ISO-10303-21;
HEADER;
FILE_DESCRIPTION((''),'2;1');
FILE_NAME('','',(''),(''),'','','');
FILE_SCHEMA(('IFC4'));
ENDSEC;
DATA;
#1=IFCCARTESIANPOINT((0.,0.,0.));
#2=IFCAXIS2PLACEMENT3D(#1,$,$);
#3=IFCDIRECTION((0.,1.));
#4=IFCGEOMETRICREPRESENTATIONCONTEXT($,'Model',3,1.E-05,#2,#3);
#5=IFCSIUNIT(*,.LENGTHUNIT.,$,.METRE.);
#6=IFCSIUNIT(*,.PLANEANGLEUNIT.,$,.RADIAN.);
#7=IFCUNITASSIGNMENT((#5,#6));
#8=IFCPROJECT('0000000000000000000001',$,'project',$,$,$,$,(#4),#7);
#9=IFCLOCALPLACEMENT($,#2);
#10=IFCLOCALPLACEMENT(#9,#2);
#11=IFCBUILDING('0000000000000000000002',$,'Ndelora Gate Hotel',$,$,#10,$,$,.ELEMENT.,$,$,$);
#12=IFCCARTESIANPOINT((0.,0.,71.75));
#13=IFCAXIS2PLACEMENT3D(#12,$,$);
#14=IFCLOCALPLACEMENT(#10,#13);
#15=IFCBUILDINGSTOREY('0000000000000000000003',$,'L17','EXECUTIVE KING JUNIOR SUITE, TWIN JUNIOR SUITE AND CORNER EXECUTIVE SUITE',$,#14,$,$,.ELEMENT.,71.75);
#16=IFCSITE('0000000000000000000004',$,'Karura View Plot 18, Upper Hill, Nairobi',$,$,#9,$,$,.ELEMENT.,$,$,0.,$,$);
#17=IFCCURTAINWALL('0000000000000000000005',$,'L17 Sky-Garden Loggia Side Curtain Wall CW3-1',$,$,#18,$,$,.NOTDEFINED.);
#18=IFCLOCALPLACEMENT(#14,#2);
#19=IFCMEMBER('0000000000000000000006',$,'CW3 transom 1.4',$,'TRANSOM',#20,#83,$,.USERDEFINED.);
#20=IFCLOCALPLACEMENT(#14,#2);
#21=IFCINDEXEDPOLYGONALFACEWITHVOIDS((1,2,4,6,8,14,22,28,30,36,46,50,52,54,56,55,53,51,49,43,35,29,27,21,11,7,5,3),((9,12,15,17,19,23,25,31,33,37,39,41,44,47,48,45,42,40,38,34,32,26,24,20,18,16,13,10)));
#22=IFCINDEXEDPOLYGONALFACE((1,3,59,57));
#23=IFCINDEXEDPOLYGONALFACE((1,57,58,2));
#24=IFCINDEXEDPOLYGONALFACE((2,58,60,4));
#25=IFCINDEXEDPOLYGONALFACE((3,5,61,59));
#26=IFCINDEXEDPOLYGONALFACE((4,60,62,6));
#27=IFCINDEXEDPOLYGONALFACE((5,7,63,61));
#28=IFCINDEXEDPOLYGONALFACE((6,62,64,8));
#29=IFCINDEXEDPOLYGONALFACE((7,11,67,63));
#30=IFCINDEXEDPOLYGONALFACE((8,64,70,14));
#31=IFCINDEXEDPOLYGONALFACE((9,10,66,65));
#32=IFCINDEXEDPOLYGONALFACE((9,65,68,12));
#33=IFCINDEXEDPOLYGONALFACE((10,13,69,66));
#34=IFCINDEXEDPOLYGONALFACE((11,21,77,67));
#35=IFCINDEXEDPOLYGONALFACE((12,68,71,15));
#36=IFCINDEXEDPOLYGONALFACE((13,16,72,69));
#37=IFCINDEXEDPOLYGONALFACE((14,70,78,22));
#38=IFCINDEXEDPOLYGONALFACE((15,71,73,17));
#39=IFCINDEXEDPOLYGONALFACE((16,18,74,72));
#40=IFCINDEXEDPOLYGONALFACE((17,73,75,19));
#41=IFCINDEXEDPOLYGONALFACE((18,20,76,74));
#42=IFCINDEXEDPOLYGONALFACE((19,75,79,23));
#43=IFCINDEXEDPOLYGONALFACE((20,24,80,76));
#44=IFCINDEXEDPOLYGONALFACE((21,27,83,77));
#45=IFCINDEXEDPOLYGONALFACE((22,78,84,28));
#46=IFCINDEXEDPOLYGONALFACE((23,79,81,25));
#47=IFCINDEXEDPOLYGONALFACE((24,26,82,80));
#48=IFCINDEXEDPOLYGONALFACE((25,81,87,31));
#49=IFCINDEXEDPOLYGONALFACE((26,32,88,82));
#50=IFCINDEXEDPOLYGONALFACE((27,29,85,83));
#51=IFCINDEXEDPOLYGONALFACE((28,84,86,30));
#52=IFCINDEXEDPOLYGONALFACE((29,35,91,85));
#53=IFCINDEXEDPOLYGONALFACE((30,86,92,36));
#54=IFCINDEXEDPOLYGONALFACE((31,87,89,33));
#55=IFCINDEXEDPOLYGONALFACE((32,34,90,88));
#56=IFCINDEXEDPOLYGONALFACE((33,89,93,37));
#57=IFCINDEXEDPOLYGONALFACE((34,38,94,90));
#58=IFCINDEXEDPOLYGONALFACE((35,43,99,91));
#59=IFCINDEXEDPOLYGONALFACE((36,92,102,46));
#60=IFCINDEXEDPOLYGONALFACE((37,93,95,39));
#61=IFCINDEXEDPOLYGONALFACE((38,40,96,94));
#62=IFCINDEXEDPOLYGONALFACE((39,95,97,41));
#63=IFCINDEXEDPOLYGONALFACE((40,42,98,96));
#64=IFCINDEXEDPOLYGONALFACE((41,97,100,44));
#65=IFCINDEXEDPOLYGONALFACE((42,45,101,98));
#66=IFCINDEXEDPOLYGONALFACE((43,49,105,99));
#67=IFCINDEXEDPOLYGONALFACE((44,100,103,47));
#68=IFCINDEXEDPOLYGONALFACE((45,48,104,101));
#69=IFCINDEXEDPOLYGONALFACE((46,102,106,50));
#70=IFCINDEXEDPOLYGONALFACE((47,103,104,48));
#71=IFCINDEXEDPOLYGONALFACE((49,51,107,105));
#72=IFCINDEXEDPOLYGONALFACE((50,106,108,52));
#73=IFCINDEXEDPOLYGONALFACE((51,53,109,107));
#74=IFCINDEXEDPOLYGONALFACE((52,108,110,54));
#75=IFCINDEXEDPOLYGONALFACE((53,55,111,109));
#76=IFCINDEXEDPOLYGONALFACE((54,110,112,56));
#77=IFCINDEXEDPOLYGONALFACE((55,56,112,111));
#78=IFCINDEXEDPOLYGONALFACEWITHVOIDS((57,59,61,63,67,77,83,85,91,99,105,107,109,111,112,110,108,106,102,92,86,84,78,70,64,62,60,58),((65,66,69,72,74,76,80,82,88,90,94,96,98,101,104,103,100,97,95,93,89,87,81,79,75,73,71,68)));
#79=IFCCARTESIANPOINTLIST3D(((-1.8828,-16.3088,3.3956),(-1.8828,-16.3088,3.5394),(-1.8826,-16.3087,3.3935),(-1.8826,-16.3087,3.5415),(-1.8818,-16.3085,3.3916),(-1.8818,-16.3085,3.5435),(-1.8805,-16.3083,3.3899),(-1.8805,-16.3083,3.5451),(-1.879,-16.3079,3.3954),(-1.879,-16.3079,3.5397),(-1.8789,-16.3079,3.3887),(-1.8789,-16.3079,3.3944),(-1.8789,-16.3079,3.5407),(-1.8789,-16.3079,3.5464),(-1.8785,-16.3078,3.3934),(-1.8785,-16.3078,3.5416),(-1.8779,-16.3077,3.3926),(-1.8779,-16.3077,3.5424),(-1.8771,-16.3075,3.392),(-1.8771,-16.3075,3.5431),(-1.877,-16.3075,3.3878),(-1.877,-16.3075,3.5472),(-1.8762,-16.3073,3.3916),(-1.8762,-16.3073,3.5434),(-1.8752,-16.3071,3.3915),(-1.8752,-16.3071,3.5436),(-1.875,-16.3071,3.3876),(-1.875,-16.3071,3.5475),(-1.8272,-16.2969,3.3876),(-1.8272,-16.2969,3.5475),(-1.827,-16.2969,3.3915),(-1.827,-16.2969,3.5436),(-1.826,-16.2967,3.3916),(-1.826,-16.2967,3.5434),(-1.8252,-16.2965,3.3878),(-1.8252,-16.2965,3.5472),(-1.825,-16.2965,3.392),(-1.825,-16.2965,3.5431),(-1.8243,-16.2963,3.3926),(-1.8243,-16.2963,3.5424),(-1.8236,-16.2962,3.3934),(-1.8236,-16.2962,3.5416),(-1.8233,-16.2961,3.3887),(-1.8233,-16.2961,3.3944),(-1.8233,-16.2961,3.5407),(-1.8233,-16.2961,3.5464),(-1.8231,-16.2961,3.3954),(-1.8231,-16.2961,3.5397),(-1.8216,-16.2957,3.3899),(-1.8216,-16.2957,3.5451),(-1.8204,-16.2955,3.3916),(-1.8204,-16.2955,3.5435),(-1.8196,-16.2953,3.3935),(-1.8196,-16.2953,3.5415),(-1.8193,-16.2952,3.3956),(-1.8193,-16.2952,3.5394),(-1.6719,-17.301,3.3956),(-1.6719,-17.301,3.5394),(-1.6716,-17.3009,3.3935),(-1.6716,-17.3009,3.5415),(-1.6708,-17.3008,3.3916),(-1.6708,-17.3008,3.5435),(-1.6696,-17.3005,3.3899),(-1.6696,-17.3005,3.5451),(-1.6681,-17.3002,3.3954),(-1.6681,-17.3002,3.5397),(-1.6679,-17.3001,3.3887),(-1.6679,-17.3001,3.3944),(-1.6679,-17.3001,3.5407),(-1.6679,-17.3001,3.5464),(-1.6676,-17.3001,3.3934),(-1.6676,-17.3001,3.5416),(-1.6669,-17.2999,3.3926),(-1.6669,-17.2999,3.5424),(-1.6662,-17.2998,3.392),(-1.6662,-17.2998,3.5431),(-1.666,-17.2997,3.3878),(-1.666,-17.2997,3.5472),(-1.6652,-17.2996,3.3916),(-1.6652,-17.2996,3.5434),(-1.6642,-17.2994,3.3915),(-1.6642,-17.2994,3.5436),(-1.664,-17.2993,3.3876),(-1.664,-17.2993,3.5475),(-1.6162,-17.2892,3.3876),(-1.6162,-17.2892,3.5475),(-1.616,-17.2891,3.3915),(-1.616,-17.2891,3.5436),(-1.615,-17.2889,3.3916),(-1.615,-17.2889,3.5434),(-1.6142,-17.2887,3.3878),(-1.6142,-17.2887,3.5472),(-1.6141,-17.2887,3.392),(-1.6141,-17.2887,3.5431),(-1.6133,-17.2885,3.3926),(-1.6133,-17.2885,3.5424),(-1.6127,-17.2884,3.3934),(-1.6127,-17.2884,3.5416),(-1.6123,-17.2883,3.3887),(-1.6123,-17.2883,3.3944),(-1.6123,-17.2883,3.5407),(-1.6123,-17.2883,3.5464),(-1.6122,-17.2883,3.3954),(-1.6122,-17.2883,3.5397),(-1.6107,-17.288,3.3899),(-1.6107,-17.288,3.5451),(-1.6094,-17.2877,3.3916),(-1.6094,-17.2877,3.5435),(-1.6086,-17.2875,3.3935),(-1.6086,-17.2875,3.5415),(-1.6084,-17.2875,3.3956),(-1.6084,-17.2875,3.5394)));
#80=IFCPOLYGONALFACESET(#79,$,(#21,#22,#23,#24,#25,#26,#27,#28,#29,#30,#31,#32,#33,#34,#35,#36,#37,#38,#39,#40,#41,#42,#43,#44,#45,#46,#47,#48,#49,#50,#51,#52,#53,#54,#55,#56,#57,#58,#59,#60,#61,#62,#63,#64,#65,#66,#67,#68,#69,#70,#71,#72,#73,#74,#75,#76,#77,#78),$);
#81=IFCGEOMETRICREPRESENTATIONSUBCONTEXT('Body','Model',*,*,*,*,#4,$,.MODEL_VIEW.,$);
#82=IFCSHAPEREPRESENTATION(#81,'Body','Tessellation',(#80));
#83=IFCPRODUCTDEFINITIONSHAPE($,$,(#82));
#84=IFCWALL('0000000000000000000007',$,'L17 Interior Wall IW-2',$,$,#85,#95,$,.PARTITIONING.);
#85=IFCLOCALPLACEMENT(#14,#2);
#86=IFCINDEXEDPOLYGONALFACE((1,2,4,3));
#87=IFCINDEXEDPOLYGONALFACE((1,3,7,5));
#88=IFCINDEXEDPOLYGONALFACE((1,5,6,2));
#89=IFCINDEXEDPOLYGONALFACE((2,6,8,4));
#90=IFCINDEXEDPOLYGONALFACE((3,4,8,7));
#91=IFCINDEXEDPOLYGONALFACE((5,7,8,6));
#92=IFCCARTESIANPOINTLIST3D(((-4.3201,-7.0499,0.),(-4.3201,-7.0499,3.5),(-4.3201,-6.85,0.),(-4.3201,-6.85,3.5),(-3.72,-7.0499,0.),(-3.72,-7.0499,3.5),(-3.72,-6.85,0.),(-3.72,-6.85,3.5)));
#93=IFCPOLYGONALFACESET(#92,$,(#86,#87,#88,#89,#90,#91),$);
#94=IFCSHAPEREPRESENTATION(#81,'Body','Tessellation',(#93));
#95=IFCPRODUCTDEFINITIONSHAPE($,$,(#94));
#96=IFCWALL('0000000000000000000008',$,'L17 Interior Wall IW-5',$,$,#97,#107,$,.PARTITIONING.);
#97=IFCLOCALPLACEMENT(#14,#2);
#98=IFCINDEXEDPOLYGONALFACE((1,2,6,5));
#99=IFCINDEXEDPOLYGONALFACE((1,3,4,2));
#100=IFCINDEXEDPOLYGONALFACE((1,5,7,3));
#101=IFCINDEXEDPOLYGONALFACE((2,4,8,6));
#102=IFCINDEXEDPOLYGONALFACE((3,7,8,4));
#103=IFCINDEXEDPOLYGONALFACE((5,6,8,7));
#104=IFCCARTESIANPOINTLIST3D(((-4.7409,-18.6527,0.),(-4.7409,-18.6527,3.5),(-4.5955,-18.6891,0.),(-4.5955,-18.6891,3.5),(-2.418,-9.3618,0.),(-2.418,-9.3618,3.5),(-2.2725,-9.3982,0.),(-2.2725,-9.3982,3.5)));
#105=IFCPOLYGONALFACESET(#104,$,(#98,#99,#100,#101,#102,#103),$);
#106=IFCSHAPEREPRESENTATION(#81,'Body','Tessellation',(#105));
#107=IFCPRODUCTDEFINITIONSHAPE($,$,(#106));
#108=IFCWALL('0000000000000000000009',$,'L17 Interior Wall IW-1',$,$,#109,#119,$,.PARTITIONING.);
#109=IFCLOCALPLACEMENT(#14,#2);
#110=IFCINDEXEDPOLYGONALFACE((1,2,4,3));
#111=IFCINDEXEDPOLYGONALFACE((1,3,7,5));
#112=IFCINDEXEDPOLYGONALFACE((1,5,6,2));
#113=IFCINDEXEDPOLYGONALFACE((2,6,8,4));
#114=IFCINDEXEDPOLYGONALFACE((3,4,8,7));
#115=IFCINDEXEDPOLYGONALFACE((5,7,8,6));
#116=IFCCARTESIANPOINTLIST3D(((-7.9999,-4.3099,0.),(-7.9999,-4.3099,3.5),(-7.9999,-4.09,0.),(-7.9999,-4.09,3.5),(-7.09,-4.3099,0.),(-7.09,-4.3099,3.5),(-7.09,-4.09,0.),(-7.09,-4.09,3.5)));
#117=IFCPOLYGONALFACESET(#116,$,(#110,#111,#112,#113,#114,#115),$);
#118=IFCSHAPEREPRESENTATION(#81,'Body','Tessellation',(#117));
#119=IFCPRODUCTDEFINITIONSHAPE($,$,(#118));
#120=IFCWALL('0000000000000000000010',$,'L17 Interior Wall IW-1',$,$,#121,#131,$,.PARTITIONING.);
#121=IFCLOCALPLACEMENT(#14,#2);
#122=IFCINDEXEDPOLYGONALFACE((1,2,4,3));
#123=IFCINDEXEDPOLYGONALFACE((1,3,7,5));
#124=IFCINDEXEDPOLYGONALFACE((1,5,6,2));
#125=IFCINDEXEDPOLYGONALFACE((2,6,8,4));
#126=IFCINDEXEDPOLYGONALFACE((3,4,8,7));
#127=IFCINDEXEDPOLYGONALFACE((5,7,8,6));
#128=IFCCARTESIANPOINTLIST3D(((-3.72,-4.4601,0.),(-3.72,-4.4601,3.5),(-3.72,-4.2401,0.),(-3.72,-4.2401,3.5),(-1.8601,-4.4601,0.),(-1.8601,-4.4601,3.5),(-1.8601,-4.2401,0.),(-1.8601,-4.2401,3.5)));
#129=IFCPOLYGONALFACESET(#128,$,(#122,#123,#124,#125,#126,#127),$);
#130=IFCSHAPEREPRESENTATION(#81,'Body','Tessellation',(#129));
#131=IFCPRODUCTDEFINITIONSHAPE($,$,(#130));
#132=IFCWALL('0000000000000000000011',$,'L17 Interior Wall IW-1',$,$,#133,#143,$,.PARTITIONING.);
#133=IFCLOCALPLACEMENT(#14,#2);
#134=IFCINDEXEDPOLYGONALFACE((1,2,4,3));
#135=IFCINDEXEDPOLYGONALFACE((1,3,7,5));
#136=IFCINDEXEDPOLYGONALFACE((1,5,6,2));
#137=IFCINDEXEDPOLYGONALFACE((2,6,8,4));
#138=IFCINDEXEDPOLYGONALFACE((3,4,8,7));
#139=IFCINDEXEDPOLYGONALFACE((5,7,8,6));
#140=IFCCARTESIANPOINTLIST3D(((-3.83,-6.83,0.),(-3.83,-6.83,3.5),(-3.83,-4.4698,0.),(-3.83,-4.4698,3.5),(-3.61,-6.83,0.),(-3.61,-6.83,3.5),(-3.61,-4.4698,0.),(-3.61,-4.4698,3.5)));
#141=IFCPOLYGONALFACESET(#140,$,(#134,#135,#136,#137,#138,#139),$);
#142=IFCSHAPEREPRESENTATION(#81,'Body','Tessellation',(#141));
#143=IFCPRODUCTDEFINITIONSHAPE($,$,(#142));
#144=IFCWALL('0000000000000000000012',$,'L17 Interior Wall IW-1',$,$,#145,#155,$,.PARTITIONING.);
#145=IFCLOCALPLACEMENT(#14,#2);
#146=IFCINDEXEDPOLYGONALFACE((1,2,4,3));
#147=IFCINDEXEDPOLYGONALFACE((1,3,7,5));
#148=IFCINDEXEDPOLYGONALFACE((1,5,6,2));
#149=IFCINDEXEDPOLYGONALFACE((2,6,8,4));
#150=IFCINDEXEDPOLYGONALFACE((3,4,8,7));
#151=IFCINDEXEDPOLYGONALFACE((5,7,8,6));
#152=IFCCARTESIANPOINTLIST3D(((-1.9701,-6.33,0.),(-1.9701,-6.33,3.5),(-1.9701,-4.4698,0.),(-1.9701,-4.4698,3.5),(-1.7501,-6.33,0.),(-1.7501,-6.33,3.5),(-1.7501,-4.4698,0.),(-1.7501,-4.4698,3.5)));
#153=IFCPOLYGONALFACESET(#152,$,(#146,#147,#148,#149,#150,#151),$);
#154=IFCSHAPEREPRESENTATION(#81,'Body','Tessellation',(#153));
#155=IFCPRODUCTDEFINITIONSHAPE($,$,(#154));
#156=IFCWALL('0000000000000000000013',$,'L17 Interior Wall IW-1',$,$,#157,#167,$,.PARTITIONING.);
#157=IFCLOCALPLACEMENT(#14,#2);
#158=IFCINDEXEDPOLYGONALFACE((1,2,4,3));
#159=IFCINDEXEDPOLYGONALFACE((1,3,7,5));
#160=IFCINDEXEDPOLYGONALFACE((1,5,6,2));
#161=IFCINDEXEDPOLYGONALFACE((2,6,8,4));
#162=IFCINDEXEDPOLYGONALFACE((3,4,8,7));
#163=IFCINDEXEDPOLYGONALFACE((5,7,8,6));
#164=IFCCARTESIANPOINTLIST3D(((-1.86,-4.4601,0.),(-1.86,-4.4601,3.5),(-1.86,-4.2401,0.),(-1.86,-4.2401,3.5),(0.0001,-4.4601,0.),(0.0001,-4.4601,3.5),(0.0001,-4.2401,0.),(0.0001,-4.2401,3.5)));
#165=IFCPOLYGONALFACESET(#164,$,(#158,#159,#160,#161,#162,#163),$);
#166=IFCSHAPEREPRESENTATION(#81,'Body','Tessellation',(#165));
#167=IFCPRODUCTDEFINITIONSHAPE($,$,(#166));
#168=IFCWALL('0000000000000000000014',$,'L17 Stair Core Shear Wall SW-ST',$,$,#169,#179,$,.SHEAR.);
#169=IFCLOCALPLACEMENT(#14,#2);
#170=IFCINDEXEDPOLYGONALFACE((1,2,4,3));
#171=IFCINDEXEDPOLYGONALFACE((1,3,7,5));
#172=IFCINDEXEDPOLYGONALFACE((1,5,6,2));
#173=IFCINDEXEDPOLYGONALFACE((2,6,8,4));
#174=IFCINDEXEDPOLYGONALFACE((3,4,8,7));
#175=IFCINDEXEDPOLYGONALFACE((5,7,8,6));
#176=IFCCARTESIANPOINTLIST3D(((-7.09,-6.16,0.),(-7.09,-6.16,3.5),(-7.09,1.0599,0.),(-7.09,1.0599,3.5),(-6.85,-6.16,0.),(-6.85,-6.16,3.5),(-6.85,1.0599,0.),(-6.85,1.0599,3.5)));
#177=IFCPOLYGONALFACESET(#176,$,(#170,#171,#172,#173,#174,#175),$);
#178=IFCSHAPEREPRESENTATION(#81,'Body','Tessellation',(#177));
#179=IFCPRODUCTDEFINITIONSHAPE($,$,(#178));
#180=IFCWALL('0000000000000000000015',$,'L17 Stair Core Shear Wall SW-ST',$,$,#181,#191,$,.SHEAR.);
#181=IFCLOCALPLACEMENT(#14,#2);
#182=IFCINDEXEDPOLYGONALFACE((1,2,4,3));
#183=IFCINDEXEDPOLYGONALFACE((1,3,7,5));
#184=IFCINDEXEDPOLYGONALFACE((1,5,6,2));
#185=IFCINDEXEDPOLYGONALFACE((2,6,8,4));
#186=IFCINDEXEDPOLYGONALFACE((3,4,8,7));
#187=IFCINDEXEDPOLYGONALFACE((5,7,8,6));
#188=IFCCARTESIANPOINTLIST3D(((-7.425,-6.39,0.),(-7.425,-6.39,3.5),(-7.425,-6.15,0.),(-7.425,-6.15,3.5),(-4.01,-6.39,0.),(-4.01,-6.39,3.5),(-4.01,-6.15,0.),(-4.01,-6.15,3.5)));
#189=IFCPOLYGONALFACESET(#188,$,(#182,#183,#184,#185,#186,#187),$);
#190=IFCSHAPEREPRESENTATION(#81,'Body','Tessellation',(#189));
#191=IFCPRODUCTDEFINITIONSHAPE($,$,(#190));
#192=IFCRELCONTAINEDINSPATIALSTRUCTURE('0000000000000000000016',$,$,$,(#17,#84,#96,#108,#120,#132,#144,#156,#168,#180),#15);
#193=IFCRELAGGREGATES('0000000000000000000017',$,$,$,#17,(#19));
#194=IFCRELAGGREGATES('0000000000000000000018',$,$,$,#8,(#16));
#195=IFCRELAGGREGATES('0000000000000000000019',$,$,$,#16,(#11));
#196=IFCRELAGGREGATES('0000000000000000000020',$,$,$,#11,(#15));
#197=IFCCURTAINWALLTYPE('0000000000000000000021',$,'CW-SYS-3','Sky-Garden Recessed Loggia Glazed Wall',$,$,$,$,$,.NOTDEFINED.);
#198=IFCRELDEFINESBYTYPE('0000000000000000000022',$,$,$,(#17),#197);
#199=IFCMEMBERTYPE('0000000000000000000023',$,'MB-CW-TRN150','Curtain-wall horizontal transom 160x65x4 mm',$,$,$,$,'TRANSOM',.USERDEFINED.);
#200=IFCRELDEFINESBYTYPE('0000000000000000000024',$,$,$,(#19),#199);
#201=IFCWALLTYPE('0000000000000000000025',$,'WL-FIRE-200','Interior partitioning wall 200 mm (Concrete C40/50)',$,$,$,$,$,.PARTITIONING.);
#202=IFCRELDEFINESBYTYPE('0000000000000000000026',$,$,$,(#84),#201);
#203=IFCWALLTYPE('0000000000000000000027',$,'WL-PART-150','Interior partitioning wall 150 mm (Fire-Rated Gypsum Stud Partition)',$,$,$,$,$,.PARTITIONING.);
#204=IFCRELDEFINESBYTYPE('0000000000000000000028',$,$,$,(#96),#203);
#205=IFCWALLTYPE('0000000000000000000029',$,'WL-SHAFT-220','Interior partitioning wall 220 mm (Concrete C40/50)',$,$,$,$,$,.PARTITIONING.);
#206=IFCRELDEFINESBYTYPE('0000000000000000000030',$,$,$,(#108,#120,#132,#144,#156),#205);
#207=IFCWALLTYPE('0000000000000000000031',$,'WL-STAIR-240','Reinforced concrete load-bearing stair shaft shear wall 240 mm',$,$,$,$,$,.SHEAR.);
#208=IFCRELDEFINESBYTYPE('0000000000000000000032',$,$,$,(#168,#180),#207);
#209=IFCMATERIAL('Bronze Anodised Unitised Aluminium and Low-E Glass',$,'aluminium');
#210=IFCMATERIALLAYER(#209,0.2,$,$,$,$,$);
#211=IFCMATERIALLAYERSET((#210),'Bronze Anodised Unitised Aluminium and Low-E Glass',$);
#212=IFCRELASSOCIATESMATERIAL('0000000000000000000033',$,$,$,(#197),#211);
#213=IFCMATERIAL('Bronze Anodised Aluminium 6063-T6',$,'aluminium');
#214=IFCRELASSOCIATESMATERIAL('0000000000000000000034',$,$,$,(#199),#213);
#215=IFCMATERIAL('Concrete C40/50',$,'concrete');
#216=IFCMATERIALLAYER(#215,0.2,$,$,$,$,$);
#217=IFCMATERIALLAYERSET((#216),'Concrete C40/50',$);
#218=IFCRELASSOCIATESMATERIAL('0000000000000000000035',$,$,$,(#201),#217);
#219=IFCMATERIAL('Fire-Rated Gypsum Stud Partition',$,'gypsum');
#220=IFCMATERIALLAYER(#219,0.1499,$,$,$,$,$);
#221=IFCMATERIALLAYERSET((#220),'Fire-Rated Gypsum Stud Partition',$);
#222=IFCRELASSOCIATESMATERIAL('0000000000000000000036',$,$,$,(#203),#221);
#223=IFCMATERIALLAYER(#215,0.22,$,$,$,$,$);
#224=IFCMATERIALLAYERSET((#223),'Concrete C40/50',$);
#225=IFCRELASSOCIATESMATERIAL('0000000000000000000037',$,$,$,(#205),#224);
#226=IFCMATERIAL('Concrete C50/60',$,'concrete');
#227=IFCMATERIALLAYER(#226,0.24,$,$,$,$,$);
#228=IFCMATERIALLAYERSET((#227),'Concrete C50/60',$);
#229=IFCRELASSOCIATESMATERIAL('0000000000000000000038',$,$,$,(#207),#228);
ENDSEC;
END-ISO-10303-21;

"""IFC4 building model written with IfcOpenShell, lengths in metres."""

from ifc_helpers import new_model, si_unit, direction, frame, frame_2d, origin, origin_2d, place, context, subcontext, project, spatial, rectangle, hollow_rectangle, extrude, material, layer, layer_set, material_profile, profile_set, type_object, element, aggregate, save


model = new_model("IFC4")

# Units and contexts
model_context = context("Model", 3, precision=1e-05, world=origin(), true_north=direction((0.0, 1.0)))
body_context = subcontext(model_context, "Body", "Model", "MODEL_VIEW")
ifc_project = project(units=[si_unit("LENGTHUNIT", "METRE"), si_unit("PLANEANGLEUNIT", "RADIAN")], contexts=[model_context])

# Site, building, storey
site_placement = place(None, origin())
site = spatial("IfcSite", under=ifc_project, at=site_placement, Name="Karura View Plot 18, Upper Hill, Nairobi", CompositionType="ELEMENT", RefElevation=0.0)
building_placement = place(site_placement, origin())
building = spatial("IfcBuilding", under=site, at=building_placement, Name="Ndelora Gate Hotel", CompositionType="ELEMENT")
storey_placement = place(building_placement, frame((0.0, 0.0, 71.75)))
storey = spatial("IfcBuildingStorey", under=building, at=storey_placement, Name="L17", Description="EXECUTIVE KING JUNIOR SUITE, TWIN JUNIOR SUITE AND CORNER EXECUTIVE SUITE", CompositionType="ELEMENT", Elevation=71.75)

# Curtain wall, member
ifc_material_1 = material(Name="Bronze Anodised Unitised Aluminium and Low-E Glass", Category="aluminium")
ifc_layer_1 = layer(ifc_material_1, 0.2)
ifc_layer_set_1 = layer_set([ifc_layer_1], Name="Bronze Anodised Unitised Aluminium and Low-E Glass")
curtain_wall_type = type_object("IfcCurtainWallType", Name="CW-SYS-3", Description="Sky-Garden Recessed Loggia Glazed Wall", PredefinedType="NOTDEFINED", material=ifc_layer_set_1)
curtain_wall_placement = place(storey_placement, origin())
curtain_wall = element("IfcCurtainWall", 1, at=curtain_wall_placement, inside=storey, type_object=curtain_wall_type, Name="L17 Sky-Garden Loggia Side Curtain Wall CW3-1", PredefinedType="NOTDEFINED")
ifc_material_2 = material(Name="Bronze Anodised Aluminium 6063-T6", Category="aluminium")
ifc_material_profile_1 = material_profile(ifc_material_2, hollow_rectangle(XDim=0.0649, YDim=0.1599, WallThickness=0.0039, InnerFilletRadius=0.0039, OuterFilletRadius=0.0081, at=origin_2d()), Name="ALU 160x65x4")
ifc_profile_set_1 = profile_set([ifc_material_profile_1], Name="Bronze Anodised Aluminium 6063-T6")
member_type_1 = type_object("IfcMemberType", Name="MB-CW-TRN150", Description="Curtain-wall horizontal transom 160x65x4 mm", ElementType="TRANSOM", PredefinedType="USERDEFINED", material=ifc_profile_set_1)
member_1_placement = place(storey_placement, frame((-1.8511, -16.302, 3.4675), z_axis=(0.207951, -0.978139, 0.0), x_axis=(0.978139, 0.207951, 0.0)))
member_1 = element("IfcMember", 2, at=member_1_placement, type_object=member_type_1, Name="CW3 transom 1.4", ObjectType="TRANSOM", PredefinedType="USERDEFINED", context=body_context, shape_type="SweptSolid", body=[
    extrude(hollow_rectangle(XDim=0.0649, YDim=0.1599, WallThickness=0.0039, InnerFilletRadius=0.0039, OuterFilletRadius=0.0081, at=origin_2d()), origin(), (0.0, 0.0, 1.0), 1.0144),
])
aggregate(curtain_wall, [member_1])

# Walls
ifc_material_3 = material(Name="Concrete C40/50", Category="concrete")
ifc_layer_2 = layer(ifc_material_3, 0.2)
ifc_layer_set_2 = layer_set([ifc_layer_2], Name="Concrete C40/50")
wall_type_1 = type_object("IfcWallType", Name="WL-FIRE-200", Description="Interior partitioning wall 200 mm (Concrete C40/50)", PredefinedType="PARTITIONING", material=ifc_layer_set_2)
wall_1_placement = place(storey_placement, frame((-4.3201, -6.95, 0.0), z_axis=(0.0, 0.0, 1.0), x_axis=(1.0, 0.0, 0.0)))
element("IfcWall", 3, at=wall_1_placement, inside=storey, type_object=wall_type_1, Name="L17 Interior Wall IW-2", PredefinedType="PARTITIONING", context=body_context, shape_type="SweptSolid", body=[
    extrude(rectangle(XDim=0.6001, YDim=0.2, at=frame_2d((0.3, 0.0))), origin(), (0.0, 0.0, 1.0), 3.5),
])
ifc_material_4 = material(Name="Fire-Rated Gypsum Stud Partition", Category="gypsum")
ifc_layer_3 = layer(ifc_material_4, 0.1499)
ifc_layer_set_3 = layer_set([ifc_layer_3], Name="Fire-Rated Gypsum Stud Partition")
wall_type_2 = type_object("IfcWallType", Name="WL-PART-150", Description="Interior partitioning wall 150 mm (Fire-Rated Gypsum Stud Partition)", PredefinedType="PARTITIONING", material=ifc_layer_set_3)
wall_2_placement = place(storey_placement, frame((-2.3452, -9.3799, 0.0), z_axis=(0.0, 0.0, 1.0), x_axis=(-0.24256, -0.970137, 0.0)))
element("IfcWall", 4, at=wall_2_placement, inside=storey, type_object=wall_type_2, Name="L17 Interior Wall IW-5", PredefinedType="PARTITIONING", context=body_context, shape_type="SweptSolid", body=[
    extrude(rectangle(XDim=9.5769, YDim=0.1499, at=frame_2d((4.7886, 0.0))), origin(), (0.0, 0.0, 1.0), 3.5),
])
ifc_layer_4 = layer(ifc_material_3, 0.22)
ifc_layer_set_4 = layer_set([ifc_layer_4], Name="Concrete C40/50")
wall_type_3 = type_object("IfcWallType", Name="WL-SHAFT-220", Description="Interior partitioning wall 220 mm (Concrete C40/50)", PredefinedType="PARTITIONING", material=ifc_layer_set_4)
wall_3_placement = place(storey_placement, frame((-8.0, -4.2, 0.0), z_axis=(0.0, 0.0, 1.0), x_axis=(1.0, 0.0, 0.0)))
element("IfcWall", 5, at=wall_3_placement, inside=storey, type_object=wall_type_3, Name="L17 Interior Wall IW-1", PredefinedType="PARTITIONING", context=body_context, shape_type="SweptSolid", body=[
    extrude(rectangle(XDim=0.9099, YDim=0.22, at=frame_2d((0.4551, 0.0))), origin(), (0.0, 0.0, 1.0), 3.5),
])

# Walls
wall_4_placement = place(storey_placement, frame((-3.72, -4.3501, 0.0), z_axis=(0.0, 0.0, 1.0), x_axis=(1.0, 0.0, 0.0)))
element("IfcWall", 6, at=wall_4_placement, inside=storey, type_object=wall_type_3, Name="L17 Interior Wall IW-1", PredefinedType="PARTITIONING", context=body_context, shape_type="SweptSolid", body=[
    extrude(rectangle(XDim=1.8599, YDim=0.22, at=frame_2d((0.9299, 0.0))), origin(), (0.0, 0.0, 1.0), 3.5),
])
wall_5_placement = place(storey_placement, frame((-3.72, -6.8301, 0.0), z_axis=(0.0, 0.0, 1.0), x_axis=(0.0, 1.0, 0.0)))
element("IfcWall", 7, at=wall_5_placement, inside=storey, type_object=wall_type_3, Name="L17 Interior Wall IW-1", PredefinedType="PARTITIONING", context=body_context, shape_type="SweptSolid", body=[
    extrude(rectangle(XDim=2.3601, YDim=0.22, at=frame_2d((1.1802, 0.0))), origin(), (0.0, 0.0, 1.0), 3.5),
])
wall_6_placement = place(storey_placement, frame((-1.8601, -6.3301, 0.0), z_axis=(0.0, 0.0, 1.0), x_axis=(0.0, 1.0, 0.0)))
element("IfcWall", 8, at=wall_6_placement, inside=storey, type_object=wall_type_3, Name="L17 Interior Wall IW-1", PredefinedType="PARTITIONING", context=body_context, shape_type="SweptSolid", body=[
    extrude(rectangle(XDim=1.8601, YDim=0.22, at=frame_2d((0.9302, 0.0))), origin(), (0.0, 0.0, 1.0), 3.5),
])

# Walls
wall_7_placement = place(storey_placement, frame((-1.8601, -4.3501, 0.0), z_axis=(0.0, 0.0, 1.0), x_axis=(1.0, 0.0, 0.0)))
element("IfcWall", 9, at=wall_7_placement, inside=storey, type_object=wall_type_3, Name="L17 Interior Wall IW-1", PredefinedType="PARTITIONING", context=body_context, shape_type="SweptSolid", body=[
    extrude(rectangle(XDim=1.8601, YDim=0.22, at=frame_2d((0.9302, 0.0))), origin(), (0.0, 0.0, 1.0), 3.5),
])
ifc_material_5 = material(Name="Concrete C50/60", Category="concrete")
ifc_layer_5 = layer(ifc_material_5, 0.24)
ifc_layer_set_5 = layer_set([ifc_layer_5], Name="Concrete C50/60")
wall_type_4 = type_object("IfcWallType", Name="WL-STAIR-240", Description="Reinforced concrete load-bearing stair shaft shear wall 240 mm", PredefinedType="SHEAR", material=ifc_layer_set_5)
wall_8_placement = place(storey_placement, frame((-6.97, -6.1599, 0.0), z_axis=(0.0, 0.0, 1.0), x_axis=(0.0, 1.0, 0.0)))
element("IfcWall", 10, at=wall_8_placement, inside=storey, type_object=wall_type_4, Name="L17 Stair Core Shear Wall SW-ST", PredefinedType="SHEAR", context=body_context, shape_type="SweptSolid", body=[
    extrude(rectangle(XDim=7.22, YDim=0.24, at=frame_2d((3.6099, 0.0))), origin(), (0.0, 0.0, 1.0), 3.5),
])
wall_9_placement = place(storey_placement, frame((-7.425, -6.27, 0.0), z_axis=(0.0, 0.0, 1.0), x_axis=(1.0, 0.0, 0.0)))
element("IfcWall", 11, at=wall_9_placement, inside=storey, type_object=wall_type_4, Name="L17 Stair Core Shear Wall SW-ST", PredefinedType="SHEAR", context=body_context, shape_type="SweptSolid", body=[
    extrude(rectangle(XDim=3.415, YDim=0.24, at=frame_2d((1.7075, 0.0))), origin(), (0.0, 0.0, 1.0), 3.5),
])

save(model, "model.ifc")
